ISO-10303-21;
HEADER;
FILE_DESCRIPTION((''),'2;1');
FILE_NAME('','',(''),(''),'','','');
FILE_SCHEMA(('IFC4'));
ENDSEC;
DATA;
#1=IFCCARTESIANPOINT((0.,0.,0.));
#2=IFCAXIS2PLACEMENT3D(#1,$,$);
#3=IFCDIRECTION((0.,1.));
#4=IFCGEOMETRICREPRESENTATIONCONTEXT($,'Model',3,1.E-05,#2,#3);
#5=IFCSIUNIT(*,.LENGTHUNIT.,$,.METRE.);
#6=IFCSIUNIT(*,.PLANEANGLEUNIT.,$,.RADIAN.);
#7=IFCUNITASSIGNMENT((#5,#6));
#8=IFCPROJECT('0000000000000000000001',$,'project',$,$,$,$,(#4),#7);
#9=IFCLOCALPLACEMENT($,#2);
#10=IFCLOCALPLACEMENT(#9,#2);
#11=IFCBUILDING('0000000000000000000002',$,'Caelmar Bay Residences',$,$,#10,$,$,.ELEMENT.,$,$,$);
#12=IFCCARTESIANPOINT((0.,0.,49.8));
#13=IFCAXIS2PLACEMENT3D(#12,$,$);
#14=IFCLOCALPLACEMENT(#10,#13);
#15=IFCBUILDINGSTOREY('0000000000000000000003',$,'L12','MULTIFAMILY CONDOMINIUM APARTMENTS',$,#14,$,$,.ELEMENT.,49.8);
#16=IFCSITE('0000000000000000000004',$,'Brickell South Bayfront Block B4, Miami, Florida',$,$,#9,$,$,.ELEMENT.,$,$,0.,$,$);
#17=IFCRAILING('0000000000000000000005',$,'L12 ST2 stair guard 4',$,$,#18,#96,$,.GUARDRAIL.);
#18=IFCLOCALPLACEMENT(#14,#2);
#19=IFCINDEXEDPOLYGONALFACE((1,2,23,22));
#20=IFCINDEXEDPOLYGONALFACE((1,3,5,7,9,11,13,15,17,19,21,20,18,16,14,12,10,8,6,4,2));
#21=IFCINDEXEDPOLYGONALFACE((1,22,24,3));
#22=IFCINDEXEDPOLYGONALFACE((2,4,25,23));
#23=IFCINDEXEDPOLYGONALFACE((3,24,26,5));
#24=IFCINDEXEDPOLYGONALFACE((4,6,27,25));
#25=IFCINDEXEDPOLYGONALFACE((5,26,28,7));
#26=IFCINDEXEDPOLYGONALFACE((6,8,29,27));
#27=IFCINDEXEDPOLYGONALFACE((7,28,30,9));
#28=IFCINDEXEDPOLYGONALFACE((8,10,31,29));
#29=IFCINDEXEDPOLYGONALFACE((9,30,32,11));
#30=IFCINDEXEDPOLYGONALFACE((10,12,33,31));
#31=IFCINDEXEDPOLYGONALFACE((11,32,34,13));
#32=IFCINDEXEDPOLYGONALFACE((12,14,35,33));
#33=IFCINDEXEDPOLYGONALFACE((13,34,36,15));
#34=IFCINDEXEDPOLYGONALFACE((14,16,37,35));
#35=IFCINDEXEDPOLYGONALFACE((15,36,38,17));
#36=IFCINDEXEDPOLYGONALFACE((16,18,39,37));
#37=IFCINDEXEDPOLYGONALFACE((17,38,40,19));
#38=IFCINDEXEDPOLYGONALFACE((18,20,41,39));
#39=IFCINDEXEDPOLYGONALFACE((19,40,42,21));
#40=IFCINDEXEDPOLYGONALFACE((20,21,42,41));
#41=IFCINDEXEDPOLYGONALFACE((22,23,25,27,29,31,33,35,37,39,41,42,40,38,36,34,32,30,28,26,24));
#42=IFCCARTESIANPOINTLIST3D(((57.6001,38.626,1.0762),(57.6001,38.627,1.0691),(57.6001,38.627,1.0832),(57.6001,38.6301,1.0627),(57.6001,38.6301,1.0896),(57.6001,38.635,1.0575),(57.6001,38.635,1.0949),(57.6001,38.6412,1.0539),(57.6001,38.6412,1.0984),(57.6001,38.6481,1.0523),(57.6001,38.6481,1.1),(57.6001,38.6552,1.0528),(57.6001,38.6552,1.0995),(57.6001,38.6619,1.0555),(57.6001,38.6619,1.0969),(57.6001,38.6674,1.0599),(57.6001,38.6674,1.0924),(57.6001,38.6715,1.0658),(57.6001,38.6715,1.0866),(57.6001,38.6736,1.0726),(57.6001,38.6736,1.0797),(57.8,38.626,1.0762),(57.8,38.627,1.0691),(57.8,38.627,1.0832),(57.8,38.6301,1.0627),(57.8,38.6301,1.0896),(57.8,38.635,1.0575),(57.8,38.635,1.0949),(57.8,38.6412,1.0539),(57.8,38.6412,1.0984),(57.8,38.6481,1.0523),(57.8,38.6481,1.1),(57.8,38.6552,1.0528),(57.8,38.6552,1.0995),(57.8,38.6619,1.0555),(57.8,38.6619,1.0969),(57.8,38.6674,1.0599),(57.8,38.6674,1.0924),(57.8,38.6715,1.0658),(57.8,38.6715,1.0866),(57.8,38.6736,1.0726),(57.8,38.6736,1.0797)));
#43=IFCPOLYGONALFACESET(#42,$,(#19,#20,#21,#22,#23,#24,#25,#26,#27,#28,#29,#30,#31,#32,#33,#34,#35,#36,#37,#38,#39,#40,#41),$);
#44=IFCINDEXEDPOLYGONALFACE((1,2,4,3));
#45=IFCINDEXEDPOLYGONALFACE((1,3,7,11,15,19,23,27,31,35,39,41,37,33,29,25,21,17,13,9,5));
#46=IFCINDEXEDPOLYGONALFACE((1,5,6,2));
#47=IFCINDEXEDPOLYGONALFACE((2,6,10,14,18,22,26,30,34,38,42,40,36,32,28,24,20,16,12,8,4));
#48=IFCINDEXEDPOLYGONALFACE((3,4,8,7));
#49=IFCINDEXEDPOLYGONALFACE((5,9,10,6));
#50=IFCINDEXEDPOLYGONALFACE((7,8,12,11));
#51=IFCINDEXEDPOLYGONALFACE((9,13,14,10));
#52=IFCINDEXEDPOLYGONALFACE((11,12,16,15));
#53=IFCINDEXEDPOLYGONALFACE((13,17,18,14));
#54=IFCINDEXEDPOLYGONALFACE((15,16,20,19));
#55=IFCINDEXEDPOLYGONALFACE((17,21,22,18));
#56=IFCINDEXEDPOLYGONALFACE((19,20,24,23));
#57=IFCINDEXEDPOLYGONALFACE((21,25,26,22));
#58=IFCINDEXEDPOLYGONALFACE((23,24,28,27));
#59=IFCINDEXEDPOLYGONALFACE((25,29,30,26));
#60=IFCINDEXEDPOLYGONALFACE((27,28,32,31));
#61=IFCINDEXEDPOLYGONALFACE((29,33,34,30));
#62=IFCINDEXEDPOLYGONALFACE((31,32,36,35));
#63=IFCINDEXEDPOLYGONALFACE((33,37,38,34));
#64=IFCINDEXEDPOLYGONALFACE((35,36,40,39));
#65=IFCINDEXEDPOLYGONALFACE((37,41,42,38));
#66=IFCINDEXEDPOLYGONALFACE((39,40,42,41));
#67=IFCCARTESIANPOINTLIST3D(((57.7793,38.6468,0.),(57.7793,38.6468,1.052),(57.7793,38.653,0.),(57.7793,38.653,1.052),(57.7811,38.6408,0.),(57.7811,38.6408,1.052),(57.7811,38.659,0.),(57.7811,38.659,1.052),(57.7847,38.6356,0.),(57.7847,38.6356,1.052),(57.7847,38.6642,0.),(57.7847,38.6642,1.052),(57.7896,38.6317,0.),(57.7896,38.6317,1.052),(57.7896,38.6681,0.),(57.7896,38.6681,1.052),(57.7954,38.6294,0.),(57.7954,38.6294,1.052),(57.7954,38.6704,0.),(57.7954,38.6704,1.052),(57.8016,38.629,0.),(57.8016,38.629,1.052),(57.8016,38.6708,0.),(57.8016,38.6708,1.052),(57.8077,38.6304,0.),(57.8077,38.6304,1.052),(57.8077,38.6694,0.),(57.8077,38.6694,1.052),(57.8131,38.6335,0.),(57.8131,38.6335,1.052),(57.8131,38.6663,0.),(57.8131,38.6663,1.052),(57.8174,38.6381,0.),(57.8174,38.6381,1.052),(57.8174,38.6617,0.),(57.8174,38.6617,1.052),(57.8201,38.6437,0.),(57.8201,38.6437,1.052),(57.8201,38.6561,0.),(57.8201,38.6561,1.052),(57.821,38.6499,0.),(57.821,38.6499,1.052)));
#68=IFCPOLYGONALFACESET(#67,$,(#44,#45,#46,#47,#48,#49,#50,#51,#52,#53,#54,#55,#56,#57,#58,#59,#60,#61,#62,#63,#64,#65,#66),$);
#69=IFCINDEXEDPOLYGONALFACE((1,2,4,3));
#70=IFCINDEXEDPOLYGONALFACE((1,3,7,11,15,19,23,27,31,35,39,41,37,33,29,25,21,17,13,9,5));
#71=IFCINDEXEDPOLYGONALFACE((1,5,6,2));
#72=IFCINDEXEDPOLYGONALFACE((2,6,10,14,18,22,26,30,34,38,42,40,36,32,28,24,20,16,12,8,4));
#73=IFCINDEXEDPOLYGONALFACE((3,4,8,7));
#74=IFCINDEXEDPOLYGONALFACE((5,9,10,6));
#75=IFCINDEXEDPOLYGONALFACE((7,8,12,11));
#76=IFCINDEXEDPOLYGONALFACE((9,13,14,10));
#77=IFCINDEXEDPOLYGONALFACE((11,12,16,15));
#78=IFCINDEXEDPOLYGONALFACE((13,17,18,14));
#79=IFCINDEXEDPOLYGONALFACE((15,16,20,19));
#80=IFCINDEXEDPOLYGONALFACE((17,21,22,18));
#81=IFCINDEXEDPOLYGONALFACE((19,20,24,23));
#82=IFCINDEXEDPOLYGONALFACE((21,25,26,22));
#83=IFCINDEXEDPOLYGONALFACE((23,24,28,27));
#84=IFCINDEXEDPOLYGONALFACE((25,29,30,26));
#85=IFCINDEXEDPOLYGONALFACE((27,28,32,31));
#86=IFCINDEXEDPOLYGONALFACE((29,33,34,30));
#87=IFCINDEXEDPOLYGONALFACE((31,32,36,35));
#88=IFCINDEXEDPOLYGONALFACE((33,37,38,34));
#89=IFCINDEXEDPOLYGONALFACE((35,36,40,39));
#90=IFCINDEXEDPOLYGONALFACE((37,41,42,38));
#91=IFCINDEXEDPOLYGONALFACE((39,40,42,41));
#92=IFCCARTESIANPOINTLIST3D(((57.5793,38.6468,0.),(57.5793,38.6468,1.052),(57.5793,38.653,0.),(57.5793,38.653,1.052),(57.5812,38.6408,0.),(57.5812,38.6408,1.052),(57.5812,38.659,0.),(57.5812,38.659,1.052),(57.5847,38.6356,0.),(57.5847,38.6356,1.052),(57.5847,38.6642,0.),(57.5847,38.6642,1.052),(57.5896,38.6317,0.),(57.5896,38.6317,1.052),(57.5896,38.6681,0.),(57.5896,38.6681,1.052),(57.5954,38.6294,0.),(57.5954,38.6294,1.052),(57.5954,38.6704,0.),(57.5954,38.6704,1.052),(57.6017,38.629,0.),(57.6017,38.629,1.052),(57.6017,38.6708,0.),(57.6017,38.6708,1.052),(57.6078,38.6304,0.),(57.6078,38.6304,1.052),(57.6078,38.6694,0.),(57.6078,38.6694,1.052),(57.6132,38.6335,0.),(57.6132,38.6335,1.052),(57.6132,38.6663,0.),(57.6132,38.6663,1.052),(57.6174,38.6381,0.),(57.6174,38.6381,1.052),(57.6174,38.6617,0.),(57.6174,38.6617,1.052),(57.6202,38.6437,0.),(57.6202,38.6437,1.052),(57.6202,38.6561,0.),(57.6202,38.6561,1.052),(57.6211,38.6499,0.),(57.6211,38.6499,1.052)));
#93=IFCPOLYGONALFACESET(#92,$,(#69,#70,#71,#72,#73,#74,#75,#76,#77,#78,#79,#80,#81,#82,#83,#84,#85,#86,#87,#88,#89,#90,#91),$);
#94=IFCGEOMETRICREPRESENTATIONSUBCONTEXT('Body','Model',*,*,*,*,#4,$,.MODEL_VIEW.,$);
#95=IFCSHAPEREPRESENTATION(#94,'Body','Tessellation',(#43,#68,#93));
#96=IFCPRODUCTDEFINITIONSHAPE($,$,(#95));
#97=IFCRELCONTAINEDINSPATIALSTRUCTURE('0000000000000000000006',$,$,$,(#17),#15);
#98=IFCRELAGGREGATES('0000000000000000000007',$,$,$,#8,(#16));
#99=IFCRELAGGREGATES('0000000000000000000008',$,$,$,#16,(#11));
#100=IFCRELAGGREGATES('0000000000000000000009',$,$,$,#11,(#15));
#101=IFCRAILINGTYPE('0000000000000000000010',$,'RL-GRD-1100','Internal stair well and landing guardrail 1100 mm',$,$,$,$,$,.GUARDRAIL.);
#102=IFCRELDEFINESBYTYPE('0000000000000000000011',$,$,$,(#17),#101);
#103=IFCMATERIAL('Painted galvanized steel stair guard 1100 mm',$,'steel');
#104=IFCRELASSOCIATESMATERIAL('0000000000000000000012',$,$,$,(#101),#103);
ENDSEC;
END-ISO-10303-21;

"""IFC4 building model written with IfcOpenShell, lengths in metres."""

from ifc_helpers import new_model, si_unit, direction, frame, origin, origin_2d, place, context, subcontext, project, spatial, circle, extrude, material, type_object, element, save


model = new_model("IFC4")

# Units and contexts
model_context = context("Model", 3, precision=1e-05, world=origin(), true_north=direction((0.0, 1.0)))
body_context = subcontext(model_context, "Body", "Model", "MODEL_VIEW")
ifc_project = project(units=[si_unit("LENGTHUNIT", "METRE"), si_unit("PLANEANGLEUNIT", "RADIAN")], contexts=[model_context])

# Site, building, storey
site_placement = place(None, origin())
site = spatial("IfcSite", under=ifc_project, at=site_placement, Name="Brickell South Bayfront Block B4, Miami, Florida", CompositionType="ELEMENT", RefElevation=0.0)
building_placement = place(site_placement, origin())
building = spatial("IfcBuilding", under=site, at=building_placement, Name="Caelmar Bay Residences", CompositionType="ELEMENT")
storey_placement = place(building_placement, frame((0.0, 0.0, 49.8)))
storey = spatial("IfcBuildingStorey", under=building, at=storey_placement, Name="L12", Description="MULTIFAMILY CONDOMINIUM APARTMENTS", CompositionType="ELEMENT", Elevation=49.8)

# Railing
ifc_material_1 = material(Name="Painted galvanized steel stair guard 1100 mm", Category="steel")
railing_type_1 = type_object("IfcRailingType", Name="RL-GRD-1100", Description="Internal stair well and landing guardrail 1100 mm", PredefinedType="GUARDRAIL", material=ifc_material_1)
railing_1_placement = place(storey_placement, frame((57.8, 38.6499, 0.0)))
element("IfcRailing", 1, at=railing_1_placement, inside=storey, type_object=railing_type_1, Name="L12 ST2 stair guard 4", PredefinedType="GUARDRAIL", context=body_context, shape_type="SweptSolid", body=[
    extrude(circle(Radius=0.0239, at=origin_2d()), frame((0.0, 0.0, 1.0762), z_axis=(-1.0, 0.0, 0.0), x_axis=(0.0, -1.0, 0.0)), (0.0, 0.0, 1.0), 0.2),
    extrude(circle(Radius=0.021, at=origin_2d()), origin(), (0.0, 0.0, 1.0), 1.052),
    extrude(circle(Radius=0.021, at=origin_2d()), frame((-0.2, 0.0, 0.0)), (0.0, 0.0, 1.0), 1.052),
])

save(model, "model.ifc")
